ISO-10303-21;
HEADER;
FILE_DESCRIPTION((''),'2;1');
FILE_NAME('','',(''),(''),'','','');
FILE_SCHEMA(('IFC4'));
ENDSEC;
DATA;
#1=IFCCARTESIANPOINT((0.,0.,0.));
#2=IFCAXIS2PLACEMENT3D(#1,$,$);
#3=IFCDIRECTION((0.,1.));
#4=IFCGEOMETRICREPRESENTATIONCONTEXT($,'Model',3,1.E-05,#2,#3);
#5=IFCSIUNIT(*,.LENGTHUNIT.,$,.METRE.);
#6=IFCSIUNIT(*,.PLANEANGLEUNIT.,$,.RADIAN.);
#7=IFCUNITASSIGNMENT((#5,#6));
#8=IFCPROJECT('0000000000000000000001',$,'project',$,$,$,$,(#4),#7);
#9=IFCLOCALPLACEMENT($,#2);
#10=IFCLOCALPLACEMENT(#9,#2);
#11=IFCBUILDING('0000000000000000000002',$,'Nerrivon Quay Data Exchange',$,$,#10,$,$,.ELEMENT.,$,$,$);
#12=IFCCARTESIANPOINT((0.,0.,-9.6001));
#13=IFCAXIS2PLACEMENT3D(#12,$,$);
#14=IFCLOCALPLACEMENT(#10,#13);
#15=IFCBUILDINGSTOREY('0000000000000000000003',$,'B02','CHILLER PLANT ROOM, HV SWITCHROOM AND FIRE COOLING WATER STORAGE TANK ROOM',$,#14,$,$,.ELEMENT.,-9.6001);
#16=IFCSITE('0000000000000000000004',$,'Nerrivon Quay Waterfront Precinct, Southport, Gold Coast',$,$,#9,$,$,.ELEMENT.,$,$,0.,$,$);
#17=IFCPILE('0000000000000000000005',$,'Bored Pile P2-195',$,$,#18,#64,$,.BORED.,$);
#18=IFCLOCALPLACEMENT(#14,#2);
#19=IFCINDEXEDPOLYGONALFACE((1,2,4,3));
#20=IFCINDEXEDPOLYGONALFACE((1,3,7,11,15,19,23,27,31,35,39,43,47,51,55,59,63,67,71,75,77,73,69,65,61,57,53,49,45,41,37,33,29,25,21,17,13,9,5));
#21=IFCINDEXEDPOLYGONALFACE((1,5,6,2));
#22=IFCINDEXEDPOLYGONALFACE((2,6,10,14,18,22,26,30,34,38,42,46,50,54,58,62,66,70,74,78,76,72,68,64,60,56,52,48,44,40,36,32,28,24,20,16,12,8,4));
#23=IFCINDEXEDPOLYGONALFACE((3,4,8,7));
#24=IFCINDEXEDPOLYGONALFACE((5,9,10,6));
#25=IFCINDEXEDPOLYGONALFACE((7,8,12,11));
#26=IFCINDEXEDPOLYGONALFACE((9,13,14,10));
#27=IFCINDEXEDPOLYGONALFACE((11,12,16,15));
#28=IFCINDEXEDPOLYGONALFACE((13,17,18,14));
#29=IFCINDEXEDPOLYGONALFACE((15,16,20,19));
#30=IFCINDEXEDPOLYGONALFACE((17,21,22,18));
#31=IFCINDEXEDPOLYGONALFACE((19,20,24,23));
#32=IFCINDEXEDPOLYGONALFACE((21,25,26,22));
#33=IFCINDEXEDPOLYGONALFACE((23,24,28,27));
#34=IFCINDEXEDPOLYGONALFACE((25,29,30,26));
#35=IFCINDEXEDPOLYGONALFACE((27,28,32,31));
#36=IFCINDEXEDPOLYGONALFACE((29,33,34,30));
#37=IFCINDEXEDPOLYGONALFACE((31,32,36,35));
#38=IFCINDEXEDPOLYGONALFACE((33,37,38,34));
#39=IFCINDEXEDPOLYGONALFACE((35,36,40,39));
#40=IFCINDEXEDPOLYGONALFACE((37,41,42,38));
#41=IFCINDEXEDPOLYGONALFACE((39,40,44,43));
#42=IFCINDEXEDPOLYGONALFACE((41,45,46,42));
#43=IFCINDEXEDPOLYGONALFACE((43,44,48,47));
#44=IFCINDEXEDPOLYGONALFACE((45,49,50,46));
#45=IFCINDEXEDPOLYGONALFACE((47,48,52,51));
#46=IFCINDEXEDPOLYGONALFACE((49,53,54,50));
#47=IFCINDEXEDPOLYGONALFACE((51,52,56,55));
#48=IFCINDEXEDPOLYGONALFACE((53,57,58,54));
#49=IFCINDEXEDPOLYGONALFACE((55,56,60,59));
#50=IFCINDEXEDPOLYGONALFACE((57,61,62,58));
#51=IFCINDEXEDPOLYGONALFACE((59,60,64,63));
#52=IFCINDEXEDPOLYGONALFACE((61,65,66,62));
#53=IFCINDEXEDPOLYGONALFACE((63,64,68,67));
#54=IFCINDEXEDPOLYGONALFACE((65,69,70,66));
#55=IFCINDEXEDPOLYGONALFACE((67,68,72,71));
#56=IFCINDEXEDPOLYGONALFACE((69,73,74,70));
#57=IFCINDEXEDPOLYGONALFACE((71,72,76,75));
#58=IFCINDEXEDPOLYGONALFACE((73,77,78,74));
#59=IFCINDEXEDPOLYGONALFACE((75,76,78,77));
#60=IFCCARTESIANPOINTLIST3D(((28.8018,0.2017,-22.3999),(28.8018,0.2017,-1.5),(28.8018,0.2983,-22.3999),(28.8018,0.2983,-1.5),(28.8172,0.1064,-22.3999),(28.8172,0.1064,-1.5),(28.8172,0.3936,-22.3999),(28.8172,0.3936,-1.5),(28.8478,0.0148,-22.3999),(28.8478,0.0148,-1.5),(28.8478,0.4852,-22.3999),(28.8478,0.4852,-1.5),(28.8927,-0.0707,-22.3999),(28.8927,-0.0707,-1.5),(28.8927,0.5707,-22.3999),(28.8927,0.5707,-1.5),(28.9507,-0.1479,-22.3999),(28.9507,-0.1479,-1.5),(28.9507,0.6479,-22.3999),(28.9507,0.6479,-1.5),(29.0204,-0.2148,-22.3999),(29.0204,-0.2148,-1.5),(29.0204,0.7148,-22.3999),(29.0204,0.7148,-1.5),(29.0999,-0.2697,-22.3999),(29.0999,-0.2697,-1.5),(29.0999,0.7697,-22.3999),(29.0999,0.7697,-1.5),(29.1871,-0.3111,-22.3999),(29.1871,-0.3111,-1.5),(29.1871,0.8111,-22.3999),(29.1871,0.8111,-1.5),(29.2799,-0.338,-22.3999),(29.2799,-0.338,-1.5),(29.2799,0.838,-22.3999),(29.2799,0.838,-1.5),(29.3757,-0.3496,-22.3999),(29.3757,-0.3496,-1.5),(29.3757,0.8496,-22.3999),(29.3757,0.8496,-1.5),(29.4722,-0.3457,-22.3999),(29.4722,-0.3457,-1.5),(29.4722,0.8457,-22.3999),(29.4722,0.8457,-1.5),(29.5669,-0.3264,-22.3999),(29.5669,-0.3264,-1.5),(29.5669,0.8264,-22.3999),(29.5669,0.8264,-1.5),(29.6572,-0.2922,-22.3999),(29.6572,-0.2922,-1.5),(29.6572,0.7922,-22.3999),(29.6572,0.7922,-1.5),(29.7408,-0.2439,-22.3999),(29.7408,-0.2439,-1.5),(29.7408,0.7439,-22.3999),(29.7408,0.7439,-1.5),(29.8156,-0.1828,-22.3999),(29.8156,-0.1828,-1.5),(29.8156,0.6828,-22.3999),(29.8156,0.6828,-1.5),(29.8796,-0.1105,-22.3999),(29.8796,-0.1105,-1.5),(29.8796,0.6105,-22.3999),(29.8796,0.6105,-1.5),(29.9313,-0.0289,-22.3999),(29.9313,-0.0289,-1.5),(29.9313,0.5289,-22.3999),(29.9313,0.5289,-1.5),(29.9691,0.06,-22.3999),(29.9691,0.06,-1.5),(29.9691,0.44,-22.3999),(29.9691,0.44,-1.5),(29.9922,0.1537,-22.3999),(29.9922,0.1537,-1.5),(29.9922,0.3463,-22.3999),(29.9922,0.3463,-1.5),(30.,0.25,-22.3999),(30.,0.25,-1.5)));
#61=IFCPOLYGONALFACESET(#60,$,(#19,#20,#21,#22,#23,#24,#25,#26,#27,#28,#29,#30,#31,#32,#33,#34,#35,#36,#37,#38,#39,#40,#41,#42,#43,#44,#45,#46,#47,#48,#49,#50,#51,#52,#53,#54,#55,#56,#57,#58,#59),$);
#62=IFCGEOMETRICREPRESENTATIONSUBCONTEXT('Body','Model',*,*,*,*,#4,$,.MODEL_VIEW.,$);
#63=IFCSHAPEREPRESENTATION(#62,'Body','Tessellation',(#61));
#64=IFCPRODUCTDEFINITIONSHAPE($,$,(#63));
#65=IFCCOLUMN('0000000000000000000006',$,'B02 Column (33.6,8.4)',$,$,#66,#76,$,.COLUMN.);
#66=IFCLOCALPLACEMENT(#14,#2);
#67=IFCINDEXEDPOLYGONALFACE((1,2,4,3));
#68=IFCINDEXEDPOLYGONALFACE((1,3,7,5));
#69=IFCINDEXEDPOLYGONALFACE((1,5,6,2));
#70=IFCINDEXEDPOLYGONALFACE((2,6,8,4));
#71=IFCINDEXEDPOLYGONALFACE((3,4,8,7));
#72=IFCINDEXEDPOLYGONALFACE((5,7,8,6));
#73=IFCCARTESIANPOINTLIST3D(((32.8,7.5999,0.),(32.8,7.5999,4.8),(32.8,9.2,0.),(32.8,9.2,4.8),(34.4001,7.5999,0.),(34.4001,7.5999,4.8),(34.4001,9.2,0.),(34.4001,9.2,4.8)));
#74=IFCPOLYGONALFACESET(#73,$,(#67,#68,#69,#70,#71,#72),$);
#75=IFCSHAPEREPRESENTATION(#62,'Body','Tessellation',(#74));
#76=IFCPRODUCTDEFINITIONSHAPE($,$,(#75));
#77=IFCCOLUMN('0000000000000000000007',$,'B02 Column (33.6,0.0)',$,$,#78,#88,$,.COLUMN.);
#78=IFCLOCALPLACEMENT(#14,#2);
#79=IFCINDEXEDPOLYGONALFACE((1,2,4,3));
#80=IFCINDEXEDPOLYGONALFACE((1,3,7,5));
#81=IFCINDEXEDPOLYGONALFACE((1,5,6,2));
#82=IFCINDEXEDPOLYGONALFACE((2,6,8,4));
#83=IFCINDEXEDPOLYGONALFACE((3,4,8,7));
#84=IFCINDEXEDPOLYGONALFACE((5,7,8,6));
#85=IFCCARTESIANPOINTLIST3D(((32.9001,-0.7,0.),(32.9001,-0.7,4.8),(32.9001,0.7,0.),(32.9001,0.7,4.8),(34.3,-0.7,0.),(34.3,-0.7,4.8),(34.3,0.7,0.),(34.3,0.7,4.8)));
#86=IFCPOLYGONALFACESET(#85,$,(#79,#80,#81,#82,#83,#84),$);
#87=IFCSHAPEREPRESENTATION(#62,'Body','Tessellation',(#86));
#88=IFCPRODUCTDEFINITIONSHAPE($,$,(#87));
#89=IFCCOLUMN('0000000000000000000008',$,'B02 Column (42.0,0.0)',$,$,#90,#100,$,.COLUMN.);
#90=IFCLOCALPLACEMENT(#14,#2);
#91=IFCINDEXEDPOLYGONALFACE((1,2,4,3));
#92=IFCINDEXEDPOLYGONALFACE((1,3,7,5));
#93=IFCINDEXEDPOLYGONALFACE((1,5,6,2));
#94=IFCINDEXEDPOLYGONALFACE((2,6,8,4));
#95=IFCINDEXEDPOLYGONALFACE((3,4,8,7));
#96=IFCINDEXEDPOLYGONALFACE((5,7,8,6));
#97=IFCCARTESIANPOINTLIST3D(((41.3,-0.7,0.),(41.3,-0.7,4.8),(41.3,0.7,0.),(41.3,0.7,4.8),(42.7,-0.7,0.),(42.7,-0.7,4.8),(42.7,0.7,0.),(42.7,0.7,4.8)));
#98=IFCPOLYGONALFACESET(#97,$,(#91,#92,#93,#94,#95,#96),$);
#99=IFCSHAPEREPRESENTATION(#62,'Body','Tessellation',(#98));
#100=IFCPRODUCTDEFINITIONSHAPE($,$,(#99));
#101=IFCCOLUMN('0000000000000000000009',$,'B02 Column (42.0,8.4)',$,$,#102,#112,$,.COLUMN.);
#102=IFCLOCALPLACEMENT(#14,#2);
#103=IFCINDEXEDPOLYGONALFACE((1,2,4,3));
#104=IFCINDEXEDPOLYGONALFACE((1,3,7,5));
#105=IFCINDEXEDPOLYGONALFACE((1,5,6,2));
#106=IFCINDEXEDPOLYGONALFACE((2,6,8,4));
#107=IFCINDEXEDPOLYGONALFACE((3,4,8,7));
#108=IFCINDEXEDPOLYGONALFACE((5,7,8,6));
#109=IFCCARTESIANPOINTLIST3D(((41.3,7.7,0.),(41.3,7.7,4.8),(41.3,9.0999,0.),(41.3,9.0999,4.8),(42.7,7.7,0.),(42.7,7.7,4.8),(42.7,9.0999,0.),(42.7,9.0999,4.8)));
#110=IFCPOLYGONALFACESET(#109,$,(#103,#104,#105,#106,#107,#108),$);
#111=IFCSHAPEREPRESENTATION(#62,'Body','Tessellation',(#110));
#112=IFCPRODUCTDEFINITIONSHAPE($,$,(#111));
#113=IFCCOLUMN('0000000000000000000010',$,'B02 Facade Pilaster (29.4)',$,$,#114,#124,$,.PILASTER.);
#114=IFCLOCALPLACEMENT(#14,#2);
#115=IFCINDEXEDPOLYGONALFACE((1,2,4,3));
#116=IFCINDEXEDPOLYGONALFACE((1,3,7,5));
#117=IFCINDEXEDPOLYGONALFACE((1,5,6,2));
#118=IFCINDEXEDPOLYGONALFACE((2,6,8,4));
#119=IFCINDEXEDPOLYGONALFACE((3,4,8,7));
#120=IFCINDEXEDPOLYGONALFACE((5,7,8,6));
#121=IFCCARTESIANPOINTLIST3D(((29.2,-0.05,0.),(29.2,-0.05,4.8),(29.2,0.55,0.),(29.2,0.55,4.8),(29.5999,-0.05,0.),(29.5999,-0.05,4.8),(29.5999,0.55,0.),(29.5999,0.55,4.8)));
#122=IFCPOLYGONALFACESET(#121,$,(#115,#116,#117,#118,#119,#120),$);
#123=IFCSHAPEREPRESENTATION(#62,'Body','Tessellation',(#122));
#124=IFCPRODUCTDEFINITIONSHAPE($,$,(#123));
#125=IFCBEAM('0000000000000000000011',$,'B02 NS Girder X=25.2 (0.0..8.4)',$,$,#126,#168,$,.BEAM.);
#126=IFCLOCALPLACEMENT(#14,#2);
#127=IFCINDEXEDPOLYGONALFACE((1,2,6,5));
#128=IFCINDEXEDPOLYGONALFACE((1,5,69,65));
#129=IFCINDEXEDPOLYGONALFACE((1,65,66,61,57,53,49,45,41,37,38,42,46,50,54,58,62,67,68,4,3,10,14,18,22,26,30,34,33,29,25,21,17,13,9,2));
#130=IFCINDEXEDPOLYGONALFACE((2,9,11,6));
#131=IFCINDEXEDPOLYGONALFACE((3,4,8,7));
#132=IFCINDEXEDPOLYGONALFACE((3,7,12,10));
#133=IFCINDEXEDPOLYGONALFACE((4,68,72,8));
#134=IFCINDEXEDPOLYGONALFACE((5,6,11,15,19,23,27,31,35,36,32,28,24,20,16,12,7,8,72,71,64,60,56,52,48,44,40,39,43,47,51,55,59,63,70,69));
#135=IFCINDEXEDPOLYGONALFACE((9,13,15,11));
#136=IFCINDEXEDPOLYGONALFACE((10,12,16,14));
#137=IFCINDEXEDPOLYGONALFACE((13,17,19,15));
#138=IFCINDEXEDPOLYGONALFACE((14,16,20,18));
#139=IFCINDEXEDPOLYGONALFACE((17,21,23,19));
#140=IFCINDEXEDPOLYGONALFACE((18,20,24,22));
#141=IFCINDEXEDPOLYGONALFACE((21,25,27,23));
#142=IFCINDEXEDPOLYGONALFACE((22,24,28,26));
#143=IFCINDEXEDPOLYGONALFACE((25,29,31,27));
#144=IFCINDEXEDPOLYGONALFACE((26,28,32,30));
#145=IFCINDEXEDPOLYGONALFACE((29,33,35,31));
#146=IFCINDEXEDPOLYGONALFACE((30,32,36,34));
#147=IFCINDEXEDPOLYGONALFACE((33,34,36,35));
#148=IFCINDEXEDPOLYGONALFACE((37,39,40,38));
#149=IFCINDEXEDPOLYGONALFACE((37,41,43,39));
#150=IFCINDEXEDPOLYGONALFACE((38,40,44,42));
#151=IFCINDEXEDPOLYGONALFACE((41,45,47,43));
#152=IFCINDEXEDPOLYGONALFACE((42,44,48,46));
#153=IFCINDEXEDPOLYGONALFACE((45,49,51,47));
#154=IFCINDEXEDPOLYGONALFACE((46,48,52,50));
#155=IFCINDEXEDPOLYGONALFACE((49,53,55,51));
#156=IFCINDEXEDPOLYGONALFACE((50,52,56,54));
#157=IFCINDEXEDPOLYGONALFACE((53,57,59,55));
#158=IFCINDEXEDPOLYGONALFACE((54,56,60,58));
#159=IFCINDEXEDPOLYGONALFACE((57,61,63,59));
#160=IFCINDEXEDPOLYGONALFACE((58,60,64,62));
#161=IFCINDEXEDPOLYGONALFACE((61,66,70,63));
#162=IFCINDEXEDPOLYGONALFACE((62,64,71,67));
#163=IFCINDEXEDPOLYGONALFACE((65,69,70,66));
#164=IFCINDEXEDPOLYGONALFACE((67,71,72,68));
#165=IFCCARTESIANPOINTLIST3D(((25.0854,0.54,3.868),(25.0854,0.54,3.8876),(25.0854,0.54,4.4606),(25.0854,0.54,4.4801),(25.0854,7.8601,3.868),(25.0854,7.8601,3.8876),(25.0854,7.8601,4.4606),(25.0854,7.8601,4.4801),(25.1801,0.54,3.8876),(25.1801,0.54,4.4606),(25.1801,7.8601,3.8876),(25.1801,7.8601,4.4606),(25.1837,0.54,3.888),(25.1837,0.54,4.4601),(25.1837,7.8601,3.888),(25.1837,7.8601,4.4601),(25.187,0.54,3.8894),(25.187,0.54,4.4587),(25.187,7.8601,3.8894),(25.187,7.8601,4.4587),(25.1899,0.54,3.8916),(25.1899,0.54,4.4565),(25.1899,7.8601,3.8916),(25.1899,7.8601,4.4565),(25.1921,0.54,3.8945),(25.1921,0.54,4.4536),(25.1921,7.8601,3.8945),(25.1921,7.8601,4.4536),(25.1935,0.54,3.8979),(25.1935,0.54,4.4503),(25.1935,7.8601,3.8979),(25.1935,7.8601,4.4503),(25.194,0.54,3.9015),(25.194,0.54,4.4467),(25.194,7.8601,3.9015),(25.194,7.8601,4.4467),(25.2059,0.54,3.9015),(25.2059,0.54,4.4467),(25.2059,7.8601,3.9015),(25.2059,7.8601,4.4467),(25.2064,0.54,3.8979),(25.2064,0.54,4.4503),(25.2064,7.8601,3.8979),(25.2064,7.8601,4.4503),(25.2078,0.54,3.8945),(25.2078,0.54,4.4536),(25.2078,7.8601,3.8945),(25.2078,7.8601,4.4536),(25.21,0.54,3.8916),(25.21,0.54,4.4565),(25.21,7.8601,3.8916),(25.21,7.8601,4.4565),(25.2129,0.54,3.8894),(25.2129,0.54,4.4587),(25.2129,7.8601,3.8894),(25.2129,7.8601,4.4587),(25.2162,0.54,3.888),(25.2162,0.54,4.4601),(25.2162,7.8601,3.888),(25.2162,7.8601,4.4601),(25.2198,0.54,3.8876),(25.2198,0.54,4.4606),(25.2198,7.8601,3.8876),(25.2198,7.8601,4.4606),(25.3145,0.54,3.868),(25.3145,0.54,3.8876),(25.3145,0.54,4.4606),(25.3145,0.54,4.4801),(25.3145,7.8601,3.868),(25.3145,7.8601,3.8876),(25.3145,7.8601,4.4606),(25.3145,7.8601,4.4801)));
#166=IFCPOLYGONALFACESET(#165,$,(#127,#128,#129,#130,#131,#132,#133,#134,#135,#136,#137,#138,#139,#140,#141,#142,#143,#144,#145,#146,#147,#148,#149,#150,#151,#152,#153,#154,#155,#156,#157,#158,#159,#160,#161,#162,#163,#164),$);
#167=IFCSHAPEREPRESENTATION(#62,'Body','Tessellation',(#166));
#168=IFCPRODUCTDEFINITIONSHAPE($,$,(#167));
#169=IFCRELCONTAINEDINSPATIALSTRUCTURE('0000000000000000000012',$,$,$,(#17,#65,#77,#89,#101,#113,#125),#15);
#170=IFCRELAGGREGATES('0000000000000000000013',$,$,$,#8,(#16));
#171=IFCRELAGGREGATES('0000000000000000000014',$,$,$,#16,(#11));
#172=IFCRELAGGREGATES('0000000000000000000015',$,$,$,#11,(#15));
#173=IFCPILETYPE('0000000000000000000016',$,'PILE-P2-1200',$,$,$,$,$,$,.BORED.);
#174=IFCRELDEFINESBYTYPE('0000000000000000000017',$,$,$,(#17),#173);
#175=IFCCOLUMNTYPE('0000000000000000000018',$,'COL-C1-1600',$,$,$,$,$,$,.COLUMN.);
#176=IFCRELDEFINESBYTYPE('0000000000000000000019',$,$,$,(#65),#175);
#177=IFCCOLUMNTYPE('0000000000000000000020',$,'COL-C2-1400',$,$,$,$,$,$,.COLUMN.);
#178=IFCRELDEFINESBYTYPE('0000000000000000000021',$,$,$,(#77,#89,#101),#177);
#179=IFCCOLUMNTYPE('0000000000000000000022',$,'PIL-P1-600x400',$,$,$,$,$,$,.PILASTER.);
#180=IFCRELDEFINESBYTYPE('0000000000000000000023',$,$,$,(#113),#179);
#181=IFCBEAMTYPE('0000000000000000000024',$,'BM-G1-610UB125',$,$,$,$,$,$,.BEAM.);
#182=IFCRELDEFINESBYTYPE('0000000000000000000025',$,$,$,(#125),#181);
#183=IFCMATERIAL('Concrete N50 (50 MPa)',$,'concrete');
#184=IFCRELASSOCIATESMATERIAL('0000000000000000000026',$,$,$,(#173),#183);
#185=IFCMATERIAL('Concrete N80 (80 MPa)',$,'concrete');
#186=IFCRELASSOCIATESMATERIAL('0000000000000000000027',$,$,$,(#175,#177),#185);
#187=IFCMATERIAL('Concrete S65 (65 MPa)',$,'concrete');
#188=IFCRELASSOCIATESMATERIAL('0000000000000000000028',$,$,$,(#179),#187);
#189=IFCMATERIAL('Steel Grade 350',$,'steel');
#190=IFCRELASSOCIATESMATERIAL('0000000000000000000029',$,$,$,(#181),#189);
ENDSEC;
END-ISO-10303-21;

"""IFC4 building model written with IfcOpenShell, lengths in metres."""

from ifc_helpers import new_model, si_unit, direction, frame, origin, origin_2d, place, context, subcontext, project, spatial, rectangle, circle, i_section, extrude, material, material_profile, profile_set, type_object, element, save


model = new_model("IFC4")

# Units and contexts
model_context = context("Model", 3, precision=1e-05, world=origin(), true_north=direction((0.0, 1.0)))
body_context = subcontext(model_context, "Body", "Model", "MODEL_VIEW")
ifc_project = project(units=[si_unit("LENGTHUNIT", "METRE"), si_unit("PLANEANGLEUNIT", "RADIAN")], contexts=[model_context])

# Site, building, storey
site_placement = place(None, origin())
site = spatial("IfcSite", under=ifc_project, at=site_placement, Name="Nerrivon Quay Waterfront Precinct, Southport, Gold Coast", CompositionType="ELEMENT", RefElevation=0.0)
building_placement = place(site_placement, origin())
building = spatial("IfcBuilding", under=site, at=building_placement, Name="Nerrivon Quay Data Exchange", CompositionType="ELEMENT")
storey_placement = place(building_placement, frame((0.0, 0.0, -9.6001)))
storey = spatial("IfcBuildingStorey", under=building, at=storey_placement, Name="B02", Description="CHILLER PLANT ROOM, HV SWITCHROOM AND FIRE COOLING WATER STORAGE TANK ROOM", CompositionType="ELEMENT", Elevation=-9.6001)

# Pile
ifc_material_1 = material(Name="Concrete N50 (50 MPa)", Category="concrete")
ifc_material_profile_1 = material_profile(ifc_material_1, circle(Radius=0.6001, at=origin_2d()), Name="PILE-1200")
ifc_profile_set_1 = profile_set([ifc_material_profile_1], Name="Concrete N50 (50 MPa)")
pile_type_1 = type_object("IfcPileType", Name="PILE-P2-1200", PredefinedType="BORED", material=ifc_profile_set_1)
pile_placement = place(storey_placement, frame((29.3999, 0.25, -1.5), z_axis=(0.0, 0.0, -1.0), x_axis=(1.0, 0.0, 0.0)))
element("IfcPile", 1, at=pile_placement, inside=storey, type_object=pile_type_1, Name="Bored Pile P2-195", PredefinedType="BORED", context=body_context, shape_type="SweptSolid", body=[
    extrude(circle(Radius=0.6001, at=origin_2d()), origin(), (0.0, 0.0, 1.0), 20.8999),
])

# Columns
ifc_material_2 = material(Name="Concrete N80 (80 MPa)", Category="concrete")
ifc_material_profile_2 = material_profile(ifc_material_2, rectangle(XDim=1.6001, YDim=1.6001, at=origin_2d()), Name="RC-COL-1600x1600")
ifc_profile_set_2 = profile_set([ifc_material_profile_2], Name="Concrete N80 (80 MPa)")
column_type_1 = type_object("IfcColumnType", Name="COL-C1-1600", PredefinedType="COLUMN", material=ifc_profile_set_2)
column_1_placement = place(storey_placement, frame((33.6001, 8.3999, 0.0), z_axis=(0.0, 0.0, 1.0), x_axis=(1.0, 0.0, 0.0)))
element("IfcColumn", 2, at=column_1_placement, inside=storey, type_object=column_type_1, Name="B02 Column (33.6,8.4)", PredefinedType="COLUMN", context=body_context, shape_type="SweptSolid", body=[
    extrude(rectangle(XDim=1.6001, YDim=1.6001, at=origin_2d()), origin(), (0.0, 0.0, 1.0), 4.8),
])
ifc_material_profile_3 = material_profile(ifc_material_2, rectangle(XDim=1.3999, YDim=1.3999, at=origin_2d()), Name="RC-COL-1400x1400")
ifc_profile_set_3 = profile_set([ifc_material_profile_3], Name="Concrete N80 (80 MPa)")
column_type_2 = type_object("IfcColumnType", Name="COL-C2-1400", PredefinedType="COLUMN", material=ifc_profile_set_3)
for number, where, z_axis, x_axis, name in (
    (3, (33.6001, 0.0, 0.0), (0.0, 0.0, 1.0), (1.0, 0.0, 0.0), "B02 Column (33.6,0.0)"),
    (4, (42.0, 0.0, 0.0), (0.0, 0.0, 1.0), (1.0, 0.0, 0.0), "B02 Column (42.0,0.0)"),
    (5, (42.0, 8.3999, 0.0), (0.0, 0.0, 1.0), (1.0, 0.0, 0.0), "B02 Column (42.0,8.4)"),
):
    element("IfcColumn", number, at=place(storey_placement, frame(where, z_axis=z_axis, x_axis=x_axis)), inside=storey, type_object=column_type_2, Name=name, PredefinedType="COLUMN", context=body_context, shape_type="SweptSolid", body=[
        extrude(rectangle(XDim=1.3999, YDim=1.3999, at=origin_2d()), origin(), (0.0, 0.0, 1.0), 4.8),
    ])
ifc_material_3 = material(Name="Concrete S65 (65 MPa)", Category="concrete")
ifc_material_profile_4 = material_profile(ifc_material_3, rectangle(XDim=0.3999, YDim=0.6001, at=origin_2d()), Name="RC-PIL-600x400")
ifc_profile_set_4 = profile_set([ifc_material_profile_4], Name="Concrete S65 (65 MPa)")
column_type_3 = type_object("IfcColumnType", Name="PIL-P1-600x400", PredefinedType="PILASTER", material=ifc_profile_set_4)
column_2_placement = place(storey_placement, frame((29.3999, 0.25, 0.0), z_axis=(0.0, 0.0, 1.0), x_axis=(1.0, 0.0, 0.0)))
element("IfcColumn", 6, at=column_2_placement, inside=storey, type_object=column_type_3, Name="B02 Facade Pilaster (29.4)", PredefinedType="PILASTER", context=body_context, shape_type="SweptSolid", body=[
    extrude(rectangle(XDim=0.3999, YDim=0.6001, at=origin_2d()), origin(), (0.0, 0.0, 1.0), 4.8),
])

# Beam
ifc_material_4 = material(Name="Steel Grade 350", Category="steel")
ifc_material_profile_5 = material_profile(ifc_material_4, i_section(OverallWidth=0.229, OverallDepth=0.6121, WebThickness=0.012, FlangeThickness=0.0195, FilletRadius=0.0139, at=origin_2d()), Name="610UB125")
ifc_profile_set_5 = profile_set([ifc_material_profile_5], Name="Steel Grade 350")
beam_type_1 = type_object("IfcBeamType", Name="BM-G1-610UB125", PredefinedType="BEAM", material=ifc_profile_set_5)
for number, where, z_axis, x_axis, name in (
    (7, (25.2, 0.54, 4.1741), (0.0, 1.0, 0.0), (-1.0, 0.0, 0.0), "B02 NS Girder X=25.2 (0.0..8.4)"),
):
    element("IfcBeam", number, at=place(storey_placement, frame(where, z_axis=z_axis, x_axis=x_axis)), inside=storey, type_object=beam_type_1, Name=name, PredefinedType="BEAM", context=body_context, shape_type="SweptSolid", body=[
        extrude(i_section(OverallWidth=0.229, OverallDepth=0.6121, WebThickness=0.012, FlangeThickness=0.0195, FilletRadius=0.0139, at=origin_2d()), origin(), (0.0, 0.0, 1.0), 7.3201),
    ])

save(model, "model.ifc")
